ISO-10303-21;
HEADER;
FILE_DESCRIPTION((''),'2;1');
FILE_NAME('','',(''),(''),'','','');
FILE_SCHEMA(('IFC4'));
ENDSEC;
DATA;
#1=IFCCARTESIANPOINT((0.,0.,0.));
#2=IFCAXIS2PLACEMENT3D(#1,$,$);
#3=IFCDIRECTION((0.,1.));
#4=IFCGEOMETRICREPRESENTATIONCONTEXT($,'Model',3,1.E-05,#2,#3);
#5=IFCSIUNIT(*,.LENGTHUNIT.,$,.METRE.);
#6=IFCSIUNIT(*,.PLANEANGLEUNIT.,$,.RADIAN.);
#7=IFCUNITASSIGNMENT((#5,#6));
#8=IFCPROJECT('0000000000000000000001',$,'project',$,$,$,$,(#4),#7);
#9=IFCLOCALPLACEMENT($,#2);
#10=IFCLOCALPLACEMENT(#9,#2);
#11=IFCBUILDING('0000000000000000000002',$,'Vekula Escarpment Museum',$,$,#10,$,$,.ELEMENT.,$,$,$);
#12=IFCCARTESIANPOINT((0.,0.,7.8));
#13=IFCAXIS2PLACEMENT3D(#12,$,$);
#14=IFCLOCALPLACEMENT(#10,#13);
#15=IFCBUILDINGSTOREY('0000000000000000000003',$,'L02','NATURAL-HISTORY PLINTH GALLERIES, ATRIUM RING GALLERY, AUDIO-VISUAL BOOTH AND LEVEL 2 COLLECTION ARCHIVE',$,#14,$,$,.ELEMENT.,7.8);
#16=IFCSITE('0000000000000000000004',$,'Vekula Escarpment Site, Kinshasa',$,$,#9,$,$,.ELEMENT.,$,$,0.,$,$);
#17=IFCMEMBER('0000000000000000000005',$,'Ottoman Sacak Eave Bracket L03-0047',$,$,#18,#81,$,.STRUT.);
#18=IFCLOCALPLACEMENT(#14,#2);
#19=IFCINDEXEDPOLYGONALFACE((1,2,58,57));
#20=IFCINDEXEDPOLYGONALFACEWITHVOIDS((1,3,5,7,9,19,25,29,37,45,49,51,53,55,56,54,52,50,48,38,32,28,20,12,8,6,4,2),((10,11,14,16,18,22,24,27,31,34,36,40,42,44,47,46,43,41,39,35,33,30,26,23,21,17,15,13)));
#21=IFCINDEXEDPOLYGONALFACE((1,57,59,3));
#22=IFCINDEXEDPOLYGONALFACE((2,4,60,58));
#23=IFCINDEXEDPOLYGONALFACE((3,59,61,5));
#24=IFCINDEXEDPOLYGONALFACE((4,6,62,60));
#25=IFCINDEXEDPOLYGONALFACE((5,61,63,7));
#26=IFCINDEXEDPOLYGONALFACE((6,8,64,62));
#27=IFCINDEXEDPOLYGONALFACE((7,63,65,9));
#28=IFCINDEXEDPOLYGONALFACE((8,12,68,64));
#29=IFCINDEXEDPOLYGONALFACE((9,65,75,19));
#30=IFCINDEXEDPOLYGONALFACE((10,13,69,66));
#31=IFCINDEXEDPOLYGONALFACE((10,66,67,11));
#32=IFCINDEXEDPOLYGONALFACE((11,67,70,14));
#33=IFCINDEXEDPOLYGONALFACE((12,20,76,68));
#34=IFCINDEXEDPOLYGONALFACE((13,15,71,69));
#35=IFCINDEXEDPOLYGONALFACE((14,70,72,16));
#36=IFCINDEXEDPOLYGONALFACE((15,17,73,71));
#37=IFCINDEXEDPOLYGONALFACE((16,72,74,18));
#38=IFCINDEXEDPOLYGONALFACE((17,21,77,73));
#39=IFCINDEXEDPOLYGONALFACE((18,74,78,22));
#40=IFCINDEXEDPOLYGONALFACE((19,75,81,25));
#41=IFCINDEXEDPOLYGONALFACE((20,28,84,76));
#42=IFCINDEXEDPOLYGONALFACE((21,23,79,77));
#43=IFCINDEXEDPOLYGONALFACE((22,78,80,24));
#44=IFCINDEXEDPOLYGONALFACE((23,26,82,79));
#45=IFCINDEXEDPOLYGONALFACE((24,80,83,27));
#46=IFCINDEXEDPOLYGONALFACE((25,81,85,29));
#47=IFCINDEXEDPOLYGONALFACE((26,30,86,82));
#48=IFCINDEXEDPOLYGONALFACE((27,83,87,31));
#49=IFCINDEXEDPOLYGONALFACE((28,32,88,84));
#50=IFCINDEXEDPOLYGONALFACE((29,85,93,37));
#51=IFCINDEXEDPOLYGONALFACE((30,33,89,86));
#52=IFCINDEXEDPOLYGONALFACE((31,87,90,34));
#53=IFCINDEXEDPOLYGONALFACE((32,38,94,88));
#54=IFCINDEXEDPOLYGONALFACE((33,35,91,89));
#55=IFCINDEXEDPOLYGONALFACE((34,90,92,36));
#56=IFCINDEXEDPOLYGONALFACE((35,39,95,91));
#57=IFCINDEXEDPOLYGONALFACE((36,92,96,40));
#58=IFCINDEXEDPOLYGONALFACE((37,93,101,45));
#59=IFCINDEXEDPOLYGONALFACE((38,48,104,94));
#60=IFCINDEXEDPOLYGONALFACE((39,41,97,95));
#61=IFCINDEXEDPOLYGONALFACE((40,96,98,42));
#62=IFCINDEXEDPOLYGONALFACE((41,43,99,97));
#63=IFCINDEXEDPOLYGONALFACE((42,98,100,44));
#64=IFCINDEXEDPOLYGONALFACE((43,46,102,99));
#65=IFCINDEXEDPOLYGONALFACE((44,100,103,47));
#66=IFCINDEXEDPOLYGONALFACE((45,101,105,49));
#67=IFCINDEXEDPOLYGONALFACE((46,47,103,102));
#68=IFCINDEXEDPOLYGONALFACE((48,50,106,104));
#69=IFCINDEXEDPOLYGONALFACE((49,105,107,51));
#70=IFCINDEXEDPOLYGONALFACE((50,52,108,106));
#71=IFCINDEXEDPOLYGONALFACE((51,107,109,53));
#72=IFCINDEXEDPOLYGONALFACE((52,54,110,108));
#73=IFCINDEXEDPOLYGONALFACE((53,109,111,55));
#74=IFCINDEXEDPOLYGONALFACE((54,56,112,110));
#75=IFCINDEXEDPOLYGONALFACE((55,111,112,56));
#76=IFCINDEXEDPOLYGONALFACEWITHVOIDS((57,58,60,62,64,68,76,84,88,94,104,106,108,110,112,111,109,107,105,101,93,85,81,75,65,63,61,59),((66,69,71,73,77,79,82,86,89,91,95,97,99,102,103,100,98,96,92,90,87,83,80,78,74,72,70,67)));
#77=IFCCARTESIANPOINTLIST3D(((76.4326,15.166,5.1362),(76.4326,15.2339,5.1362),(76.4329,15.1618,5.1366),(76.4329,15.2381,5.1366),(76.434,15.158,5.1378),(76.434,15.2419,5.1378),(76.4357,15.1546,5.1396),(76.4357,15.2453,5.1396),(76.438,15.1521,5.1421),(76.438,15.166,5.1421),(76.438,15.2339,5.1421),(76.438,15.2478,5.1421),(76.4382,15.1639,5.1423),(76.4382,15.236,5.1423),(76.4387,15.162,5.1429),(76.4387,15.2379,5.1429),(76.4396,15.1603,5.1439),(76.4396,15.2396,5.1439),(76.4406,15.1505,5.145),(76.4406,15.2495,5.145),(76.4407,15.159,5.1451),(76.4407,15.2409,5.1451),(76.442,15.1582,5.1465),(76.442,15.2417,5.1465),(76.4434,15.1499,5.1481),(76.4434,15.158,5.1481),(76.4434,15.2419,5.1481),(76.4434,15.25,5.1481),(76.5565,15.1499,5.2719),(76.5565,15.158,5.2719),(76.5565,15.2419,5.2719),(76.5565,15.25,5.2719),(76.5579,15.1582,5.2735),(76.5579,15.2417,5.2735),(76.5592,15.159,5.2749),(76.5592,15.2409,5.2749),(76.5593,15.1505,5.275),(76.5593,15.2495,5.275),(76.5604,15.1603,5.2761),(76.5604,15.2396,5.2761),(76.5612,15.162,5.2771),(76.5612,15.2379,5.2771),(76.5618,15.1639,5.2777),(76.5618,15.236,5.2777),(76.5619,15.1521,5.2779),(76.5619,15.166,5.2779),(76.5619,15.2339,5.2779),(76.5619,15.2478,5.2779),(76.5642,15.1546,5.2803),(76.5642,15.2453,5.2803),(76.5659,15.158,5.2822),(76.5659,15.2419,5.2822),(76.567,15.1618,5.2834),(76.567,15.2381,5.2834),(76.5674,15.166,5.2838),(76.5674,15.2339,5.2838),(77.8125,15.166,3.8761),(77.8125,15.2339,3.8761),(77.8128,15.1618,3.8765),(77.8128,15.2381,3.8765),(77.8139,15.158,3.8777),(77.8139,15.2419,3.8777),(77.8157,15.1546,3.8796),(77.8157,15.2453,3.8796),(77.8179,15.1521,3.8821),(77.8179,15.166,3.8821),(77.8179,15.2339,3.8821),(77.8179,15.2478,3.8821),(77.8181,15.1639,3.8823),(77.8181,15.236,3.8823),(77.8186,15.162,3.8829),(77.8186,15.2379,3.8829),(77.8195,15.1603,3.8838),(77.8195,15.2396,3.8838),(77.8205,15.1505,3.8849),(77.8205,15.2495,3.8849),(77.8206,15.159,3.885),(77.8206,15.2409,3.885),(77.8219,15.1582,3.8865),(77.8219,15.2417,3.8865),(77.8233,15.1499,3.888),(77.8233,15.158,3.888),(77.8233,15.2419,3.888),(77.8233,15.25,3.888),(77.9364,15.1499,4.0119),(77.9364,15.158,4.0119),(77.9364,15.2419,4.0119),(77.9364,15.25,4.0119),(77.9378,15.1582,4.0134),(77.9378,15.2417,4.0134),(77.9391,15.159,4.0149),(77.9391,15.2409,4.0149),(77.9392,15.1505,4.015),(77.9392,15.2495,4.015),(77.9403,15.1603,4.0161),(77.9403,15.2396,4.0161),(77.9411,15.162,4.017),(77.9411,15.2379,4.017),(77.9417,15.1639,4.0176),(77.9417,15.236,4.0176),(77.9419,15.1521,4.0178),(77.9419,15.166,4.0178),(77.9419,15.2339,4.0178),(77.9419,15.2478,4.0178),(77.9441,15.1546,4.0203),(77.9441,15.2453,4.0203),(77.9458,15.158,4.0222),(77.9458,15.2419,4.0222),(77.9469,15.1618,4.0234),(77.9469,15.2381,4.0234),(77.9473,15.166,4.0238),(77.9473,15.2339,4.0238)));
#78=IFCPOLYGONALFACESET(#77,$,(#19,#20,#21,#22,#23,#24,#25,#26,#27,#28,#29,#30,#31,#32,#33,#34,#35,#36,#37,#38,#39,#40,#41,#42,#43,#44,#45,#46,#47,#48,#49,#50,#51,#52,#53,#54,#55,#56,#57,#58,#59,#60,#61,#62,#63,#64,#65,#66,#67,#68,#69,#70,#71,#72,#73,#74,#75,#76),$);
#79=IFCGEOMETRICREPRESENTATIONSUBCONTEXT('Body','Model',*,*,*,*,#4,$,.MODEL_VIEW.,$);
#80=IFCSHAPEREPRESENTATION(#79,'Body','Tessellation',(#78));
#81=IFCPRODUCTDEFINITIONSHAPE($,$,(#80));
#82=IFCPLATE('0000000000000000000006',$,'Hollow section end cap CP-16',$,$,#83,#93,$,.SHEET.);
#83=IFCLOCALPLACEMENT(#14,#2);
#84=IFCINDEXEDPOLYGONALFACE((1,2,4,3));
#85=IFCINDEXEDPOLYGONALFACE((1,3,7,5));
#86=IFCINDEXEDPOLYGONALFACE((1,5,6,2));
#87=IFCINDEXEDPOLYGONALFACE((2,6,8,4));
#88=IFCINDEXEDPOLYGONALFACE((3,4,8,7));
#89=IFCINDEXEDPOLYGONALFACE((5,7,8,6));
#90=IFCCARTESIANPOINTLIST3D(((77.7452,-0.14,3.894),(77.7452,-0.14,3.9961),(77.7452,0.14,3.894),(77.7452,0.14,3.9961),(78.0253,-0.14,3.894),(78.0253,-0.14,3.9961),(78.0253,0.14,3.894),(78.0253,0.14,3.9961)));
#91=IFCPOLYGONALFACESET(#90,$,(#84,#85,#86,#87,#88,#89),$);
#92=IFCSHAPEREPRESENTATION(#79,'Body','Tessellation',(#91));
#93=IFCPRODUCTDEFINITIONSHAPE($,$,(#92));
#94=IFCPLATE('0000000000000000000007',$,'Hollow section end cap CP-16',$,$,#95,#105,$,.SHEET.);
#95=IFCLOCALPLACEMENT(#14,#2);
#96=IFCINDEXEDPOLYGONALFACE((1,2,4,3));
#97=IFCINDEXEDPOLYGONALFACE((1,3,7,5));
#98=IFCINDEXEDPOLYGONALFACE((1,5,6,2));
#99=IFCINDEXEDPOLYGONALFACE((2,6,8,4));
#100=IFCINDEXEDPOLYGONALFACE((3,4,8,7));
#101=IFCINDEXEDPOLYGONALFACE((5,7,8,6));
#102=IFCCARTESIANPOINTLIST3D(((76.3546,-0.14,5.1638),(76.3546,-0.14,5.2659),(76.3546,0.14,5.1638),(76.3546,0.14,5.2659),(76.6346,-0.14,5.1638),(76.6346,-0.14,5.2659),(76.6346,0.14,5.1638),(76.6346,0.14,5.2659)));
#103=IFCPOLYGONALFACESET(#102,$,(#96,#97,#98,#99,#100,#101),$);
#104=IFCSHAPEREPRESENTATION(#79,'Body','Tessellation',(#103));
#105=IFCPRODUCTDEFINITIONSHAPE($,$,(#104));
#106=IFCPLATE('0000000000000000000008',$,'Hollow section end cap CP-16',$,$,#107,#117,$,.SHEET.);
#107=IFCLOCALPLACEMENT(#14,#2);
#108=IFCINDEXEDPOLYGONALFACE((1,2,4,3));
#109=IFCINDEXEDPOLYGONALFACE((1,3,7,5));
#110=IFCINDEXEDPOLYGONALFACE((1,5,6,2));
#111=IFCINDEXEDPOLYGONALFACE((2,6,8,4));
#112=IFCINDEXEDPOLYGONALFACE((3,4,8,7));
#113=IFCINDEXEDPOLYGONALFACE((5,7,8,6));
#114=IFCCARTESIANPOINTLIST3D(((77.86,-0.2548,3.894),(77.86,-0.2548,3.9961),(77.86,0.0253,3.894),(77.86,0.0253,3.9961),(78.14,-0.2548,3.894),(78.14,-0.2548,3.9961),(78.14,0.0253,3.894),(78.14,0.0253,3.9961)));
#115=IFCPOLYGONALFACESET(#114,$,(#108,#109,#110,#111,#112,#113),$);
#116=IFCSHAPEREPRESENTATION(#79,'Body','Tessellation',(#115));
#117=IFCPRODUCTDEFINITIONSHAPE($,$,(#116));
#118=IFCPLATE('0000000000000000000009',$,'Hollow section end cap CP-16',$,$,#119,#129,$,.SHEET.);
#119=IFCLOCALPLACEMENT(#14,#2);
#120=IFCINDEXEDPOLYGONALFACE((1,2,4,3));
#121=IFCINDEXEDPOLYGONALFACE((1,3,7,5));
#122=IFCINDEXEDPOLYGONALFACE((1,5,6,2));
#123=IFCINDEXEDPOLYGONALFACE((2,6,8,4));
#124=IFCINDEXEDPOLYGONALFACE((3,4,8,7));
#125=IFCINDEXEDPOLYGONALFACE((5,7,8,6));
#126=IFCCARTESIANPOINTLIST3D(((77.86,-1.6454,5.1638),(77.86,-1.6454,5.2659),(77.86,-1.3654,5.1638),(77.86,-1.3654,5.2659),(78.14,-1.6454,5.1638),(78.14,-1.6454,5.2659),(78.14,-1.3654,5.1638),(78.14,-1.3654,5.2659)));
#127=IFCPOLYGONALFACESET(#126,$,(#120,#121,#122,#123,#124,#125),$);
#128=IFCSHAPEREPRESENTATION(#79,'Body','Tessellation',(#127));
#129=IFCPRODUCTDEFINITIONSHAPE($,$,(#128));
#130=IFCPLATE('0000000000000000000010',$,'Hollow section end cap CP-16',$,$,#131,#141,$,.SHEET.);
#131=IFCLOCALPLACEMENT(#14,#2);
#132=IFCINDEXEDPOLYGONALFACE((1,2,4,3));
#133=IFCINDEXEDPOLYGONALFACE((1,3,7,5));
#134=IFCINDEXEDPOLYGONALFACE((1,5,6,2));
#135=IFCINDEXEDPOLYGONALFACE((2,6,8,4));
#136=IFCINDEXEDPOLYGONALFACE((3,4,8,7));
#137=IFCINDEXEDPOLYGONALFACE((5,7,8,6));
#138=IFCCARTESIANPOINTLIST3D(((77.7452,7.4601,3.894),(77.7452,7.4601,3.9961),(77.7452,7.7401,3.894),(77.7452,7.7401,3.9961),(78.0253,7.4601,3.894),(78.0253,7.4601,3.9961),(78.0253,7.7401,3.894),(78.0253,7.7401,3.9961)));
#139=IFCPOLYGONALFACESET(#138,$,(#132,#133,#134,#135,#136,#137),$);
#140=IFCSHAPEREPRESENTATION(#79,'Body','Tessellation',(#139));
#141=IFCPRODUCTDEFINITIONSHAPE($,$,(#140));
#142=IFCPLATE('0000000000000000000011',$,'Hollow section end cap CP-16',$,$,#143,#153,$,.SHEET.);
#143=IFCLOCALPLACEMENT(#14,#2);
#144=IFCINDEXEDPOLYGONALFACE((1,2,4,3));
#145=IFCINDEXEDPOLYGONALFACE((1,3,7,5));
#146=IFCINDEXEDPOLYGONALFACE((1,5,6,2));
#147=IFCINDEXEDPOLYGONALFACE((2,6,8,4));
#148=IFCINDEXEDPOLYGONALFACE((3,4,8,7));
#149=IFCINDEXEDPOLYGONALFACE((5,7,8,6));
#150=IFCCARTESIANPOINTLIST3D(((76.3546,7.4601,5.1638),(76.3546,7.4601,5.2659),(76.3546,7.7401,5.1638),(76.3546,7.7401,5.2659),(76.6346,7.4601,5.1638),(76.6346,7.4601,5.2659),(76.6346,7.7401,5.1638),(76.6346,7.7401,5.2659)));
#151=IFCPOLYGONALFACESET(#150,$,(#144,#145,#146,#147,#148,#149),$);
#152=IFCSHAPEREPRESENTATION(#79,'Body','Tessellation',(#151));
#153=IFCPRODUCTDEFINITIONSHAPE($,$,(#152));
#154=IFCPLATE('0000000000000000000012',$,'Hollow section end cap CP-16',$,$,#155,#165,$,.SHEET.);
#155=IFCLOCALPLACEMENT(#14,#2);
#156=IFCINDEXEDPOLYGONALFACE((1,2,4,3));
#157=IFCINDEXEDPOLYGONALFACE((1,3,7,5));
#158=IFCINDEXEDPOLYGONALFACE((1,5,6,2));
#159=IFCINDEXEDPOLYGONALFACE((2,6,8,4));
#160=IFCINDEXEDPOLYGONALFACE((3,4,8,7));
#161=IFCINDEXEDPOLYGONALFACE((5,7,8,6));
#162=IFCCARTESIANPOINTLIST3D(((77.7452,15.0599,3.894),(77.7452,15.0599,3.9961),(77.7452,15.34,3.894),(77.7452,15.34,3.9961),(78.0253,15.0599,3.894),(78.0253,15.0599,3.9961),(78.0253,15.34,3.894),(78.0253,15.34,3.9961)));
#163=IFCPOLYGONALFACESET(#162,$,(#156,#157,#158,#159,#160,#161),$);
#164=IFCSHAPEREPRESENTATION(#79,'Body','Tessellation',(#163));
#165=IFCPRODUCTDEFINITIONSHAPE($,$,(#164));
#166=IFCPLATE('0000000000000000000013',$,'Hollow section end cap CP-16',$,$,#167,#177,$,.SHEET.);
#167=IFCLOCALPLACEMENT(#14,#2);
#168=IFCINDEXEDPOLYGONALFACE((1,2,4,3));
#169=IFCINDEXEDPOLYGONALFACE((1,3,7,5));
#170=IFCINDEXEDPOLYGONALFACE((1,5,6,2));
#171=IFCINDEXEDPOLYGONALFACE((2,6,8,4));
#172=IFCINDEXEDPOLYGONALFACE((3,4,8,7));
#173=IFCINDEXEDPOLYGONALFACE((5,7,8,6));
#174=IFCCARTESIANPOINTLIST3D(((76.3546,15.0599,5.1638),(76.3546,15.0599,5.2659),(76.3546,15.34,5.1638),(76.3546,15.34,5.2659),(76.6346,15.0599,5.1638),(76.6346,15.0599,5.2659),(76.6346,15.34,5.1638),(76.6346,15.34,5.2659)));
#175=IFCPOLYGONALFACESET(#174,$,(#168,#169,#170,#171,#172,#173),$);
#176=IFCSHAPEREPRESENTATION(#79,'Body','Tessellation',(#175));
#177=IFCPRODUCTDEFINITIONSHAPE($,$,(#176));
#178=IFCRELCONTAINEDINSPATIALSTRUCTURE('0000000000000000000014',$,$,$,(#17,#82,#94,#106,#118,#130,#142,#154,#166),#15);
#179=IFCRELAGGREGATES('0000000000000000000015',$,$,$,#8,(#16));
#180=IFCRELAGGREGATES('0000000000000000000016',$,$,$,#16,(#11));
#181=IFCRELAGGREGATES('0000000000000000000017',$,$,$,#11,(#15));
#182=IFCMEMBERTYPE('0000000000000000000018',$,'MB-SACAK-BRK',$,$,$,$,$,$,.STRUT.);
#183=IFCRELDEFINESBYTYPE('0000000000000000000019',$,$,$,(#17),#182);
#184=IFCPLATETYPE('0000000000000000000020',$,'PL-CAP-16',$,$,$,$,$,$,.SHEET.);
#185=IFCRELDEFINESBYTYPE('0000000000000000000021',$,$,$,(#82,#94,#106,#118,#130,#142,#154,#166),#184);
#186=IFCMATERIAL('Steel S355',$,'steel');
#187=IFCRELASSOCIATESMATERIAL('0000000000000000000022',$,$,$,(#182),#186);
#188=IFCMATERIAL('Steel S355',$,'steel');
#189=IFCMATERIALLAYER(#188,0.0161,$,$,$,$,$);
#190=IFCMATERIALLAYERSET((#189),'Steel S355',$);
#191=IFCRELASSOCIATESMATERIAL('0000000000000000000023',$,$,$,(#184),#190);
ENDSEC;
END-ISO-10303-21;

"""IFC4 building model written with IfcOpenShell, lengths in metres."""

from ifc_helpers import new_model, si_unit, direction, frame, origin, origin_2d, place, context, subcontext, project, spatial, rectangle, hollow_rectangle, extrude, material, layer, layer_set, material_profile, profile_set, type_object, element, save


model = new_model("IFC4")

# Units and contexts
model_context = context("Model", 3, precision=1e-05, world=origin(), true_north=direction((0.0, 1.0)))
body_context = subcontext(model_context, "Body", "Model", "MODEL_VIEW")
ifc_project = project(units=[si_unit("LENGTHUNIT", "METRE"), si_unit("PLANEANGLEUNIT", "RADIAN")], contexts=[model_context])

# Site, building, storey
site_placement = place(None, origin())
site = spatial("IfcSite", under=ifc_project, at=site_placement, Name="Vekula Escarpment Site, Kinshasa", CompositionType="ELEMENT", RefElevation=0.0)
building_placement = place(site_placement, origin())
building = spatial("IfcBuilding", under=site, at=building_placement, Name="Vekula Escarpment Museum", CompositionType="ELEMENT")
storey_placement = place(building_placement, frame((0.0, 0.0, 7.8)))
storey = spatial("IfcBuildingStorey", under=building, at=storey_placement, Name="L02", Description="NATURAL-HISTORY PLINTH GALLERIES, ATRIUM RING GALLERY, AUDIO-VISUAL BOOTH AND LEVEL 2 COLLECTION ARCHIVE", CompositionType="ELEMENT", Elevation=7.8)

# Member
ifc_material_1 = material(Name="Steel S355", Category="steel")
ifc_material_profile_1 = material_profile(ifc_material_1, hollow_rectangle(XDim=0.1001, YDim=0.2, WallThickness=0.0081, InnerFilletRadius=0.0081, OuterFilletRadius=0.0161, at=origin_2d()), Name="RHS 200x100x8")
ifc_profile_set_1 = profile_set([ifc_material_profile_1], Name="Steel S355")
member_type = type_object("IfcMemberType", Name="MB-SACAK-BRK", PredefinedType="STRUT", material=ifc_profile_set_1)
for number, where, z_axis, x_axis, name in (
    (1, (77.8799, 15.2, 3.95), (-0.738454, 0.0, 0.674303), (0.0, -1.0, 0.0), "Ottoman Sacak Eave Bracket L03-0047"),
):
    element("IfcMember", number, at=place(storey_placement, frame(where, z_axis=z_axis, x_axis=x_axis)), inside=storey, type_object=member_type, Name=name, PredefinedType="STRUT", context=body_context, shape_type="SweptSolid", body=[
        extrude(hollow_rectangle(XDim=0.1001, YDim=0.2, WallThickness=0.0081, InnerFilletRadius=0.0081, OuterFilletRadius=0.0161, at=origin_2d()), origin(), (0.0, 0.0, 1.0), 1.8687),
    ])

# Plates
ifc_material_2 = material(Name="Steel S355", Category="steel")
ifc_layer_1 = layer(ifc_material_2, 0.0161)
ifc_layer_set_1 = layer_set([ifc_layer_1], Name="Steel S355")
plate_type = type_object("IfcPlateType", Name="PL-CAP-16", PredefinedType="SHEET", material=ifc_layer_set_1)
for number, where, z_axis, x_axis, name in (
    (2, (77.8853, 0.0, 3.894), (0.0, 0.0, 1.0), (1.0, 0.0, 0.0), "Hollow section end cap CP-16"),
    (3, (76.4946, 0.0, 5.1638), (0.0, 0.0, 1.0), (1.0, 0.0, 0.0), "Hollow section end cap CP-16"),
    (4, (78.0, -0.1147, 3.894), (0.0, 0.0, 1.0), (1.0, 0.0, 0.0), "Hollow section end cap CP-16"),
    (5, (78.0, -1.5054, 5.1638), (0.0, 0.0, 1.0), (1.0, 0.0, 0.0), "Hollow section end cap CP-16"),
    (6, (77.8853, 7.6001, 3.894), (0.0, 0.0, 1.0), (1.0, 0.0, 0.0), "Hollow section end cap CP-16"),
    (7, (76.4946, 7.6001, 5.1638), (0.0, 0.0, 1.0), (1.0, 0.0, 0.0), "Hollow section end cap CP-16"),
    (8, (77.8853, 15.2, 3.894), (0.0, 0.0, 1.0), (1.0, 0.0, 0.0), "Hollow section end cap CP-16"),
    (9, (76.4946, 15.2, 5.1638), (0.0, 0.0, 1.0), (1.0, 0.0, 0.0), "Hollow section end cap CP-16"),
):
    element("IfcPlate", number, at=place(storey_placement, frame(where, z_axis=z_axis, x_axis=x_axis)), inside=storey, type_object=plate_type, Name=name, PredefinedType="SHEET", context=body_context, shape_type="SweptSolid", body=[
        extrude(rectangle(XDim=0.28, YDim=0.28, at=origin_2d()), origin(), (0.0, 0.0, 1.0), 0.1021),
    ])

save(model, "model.ifc")
